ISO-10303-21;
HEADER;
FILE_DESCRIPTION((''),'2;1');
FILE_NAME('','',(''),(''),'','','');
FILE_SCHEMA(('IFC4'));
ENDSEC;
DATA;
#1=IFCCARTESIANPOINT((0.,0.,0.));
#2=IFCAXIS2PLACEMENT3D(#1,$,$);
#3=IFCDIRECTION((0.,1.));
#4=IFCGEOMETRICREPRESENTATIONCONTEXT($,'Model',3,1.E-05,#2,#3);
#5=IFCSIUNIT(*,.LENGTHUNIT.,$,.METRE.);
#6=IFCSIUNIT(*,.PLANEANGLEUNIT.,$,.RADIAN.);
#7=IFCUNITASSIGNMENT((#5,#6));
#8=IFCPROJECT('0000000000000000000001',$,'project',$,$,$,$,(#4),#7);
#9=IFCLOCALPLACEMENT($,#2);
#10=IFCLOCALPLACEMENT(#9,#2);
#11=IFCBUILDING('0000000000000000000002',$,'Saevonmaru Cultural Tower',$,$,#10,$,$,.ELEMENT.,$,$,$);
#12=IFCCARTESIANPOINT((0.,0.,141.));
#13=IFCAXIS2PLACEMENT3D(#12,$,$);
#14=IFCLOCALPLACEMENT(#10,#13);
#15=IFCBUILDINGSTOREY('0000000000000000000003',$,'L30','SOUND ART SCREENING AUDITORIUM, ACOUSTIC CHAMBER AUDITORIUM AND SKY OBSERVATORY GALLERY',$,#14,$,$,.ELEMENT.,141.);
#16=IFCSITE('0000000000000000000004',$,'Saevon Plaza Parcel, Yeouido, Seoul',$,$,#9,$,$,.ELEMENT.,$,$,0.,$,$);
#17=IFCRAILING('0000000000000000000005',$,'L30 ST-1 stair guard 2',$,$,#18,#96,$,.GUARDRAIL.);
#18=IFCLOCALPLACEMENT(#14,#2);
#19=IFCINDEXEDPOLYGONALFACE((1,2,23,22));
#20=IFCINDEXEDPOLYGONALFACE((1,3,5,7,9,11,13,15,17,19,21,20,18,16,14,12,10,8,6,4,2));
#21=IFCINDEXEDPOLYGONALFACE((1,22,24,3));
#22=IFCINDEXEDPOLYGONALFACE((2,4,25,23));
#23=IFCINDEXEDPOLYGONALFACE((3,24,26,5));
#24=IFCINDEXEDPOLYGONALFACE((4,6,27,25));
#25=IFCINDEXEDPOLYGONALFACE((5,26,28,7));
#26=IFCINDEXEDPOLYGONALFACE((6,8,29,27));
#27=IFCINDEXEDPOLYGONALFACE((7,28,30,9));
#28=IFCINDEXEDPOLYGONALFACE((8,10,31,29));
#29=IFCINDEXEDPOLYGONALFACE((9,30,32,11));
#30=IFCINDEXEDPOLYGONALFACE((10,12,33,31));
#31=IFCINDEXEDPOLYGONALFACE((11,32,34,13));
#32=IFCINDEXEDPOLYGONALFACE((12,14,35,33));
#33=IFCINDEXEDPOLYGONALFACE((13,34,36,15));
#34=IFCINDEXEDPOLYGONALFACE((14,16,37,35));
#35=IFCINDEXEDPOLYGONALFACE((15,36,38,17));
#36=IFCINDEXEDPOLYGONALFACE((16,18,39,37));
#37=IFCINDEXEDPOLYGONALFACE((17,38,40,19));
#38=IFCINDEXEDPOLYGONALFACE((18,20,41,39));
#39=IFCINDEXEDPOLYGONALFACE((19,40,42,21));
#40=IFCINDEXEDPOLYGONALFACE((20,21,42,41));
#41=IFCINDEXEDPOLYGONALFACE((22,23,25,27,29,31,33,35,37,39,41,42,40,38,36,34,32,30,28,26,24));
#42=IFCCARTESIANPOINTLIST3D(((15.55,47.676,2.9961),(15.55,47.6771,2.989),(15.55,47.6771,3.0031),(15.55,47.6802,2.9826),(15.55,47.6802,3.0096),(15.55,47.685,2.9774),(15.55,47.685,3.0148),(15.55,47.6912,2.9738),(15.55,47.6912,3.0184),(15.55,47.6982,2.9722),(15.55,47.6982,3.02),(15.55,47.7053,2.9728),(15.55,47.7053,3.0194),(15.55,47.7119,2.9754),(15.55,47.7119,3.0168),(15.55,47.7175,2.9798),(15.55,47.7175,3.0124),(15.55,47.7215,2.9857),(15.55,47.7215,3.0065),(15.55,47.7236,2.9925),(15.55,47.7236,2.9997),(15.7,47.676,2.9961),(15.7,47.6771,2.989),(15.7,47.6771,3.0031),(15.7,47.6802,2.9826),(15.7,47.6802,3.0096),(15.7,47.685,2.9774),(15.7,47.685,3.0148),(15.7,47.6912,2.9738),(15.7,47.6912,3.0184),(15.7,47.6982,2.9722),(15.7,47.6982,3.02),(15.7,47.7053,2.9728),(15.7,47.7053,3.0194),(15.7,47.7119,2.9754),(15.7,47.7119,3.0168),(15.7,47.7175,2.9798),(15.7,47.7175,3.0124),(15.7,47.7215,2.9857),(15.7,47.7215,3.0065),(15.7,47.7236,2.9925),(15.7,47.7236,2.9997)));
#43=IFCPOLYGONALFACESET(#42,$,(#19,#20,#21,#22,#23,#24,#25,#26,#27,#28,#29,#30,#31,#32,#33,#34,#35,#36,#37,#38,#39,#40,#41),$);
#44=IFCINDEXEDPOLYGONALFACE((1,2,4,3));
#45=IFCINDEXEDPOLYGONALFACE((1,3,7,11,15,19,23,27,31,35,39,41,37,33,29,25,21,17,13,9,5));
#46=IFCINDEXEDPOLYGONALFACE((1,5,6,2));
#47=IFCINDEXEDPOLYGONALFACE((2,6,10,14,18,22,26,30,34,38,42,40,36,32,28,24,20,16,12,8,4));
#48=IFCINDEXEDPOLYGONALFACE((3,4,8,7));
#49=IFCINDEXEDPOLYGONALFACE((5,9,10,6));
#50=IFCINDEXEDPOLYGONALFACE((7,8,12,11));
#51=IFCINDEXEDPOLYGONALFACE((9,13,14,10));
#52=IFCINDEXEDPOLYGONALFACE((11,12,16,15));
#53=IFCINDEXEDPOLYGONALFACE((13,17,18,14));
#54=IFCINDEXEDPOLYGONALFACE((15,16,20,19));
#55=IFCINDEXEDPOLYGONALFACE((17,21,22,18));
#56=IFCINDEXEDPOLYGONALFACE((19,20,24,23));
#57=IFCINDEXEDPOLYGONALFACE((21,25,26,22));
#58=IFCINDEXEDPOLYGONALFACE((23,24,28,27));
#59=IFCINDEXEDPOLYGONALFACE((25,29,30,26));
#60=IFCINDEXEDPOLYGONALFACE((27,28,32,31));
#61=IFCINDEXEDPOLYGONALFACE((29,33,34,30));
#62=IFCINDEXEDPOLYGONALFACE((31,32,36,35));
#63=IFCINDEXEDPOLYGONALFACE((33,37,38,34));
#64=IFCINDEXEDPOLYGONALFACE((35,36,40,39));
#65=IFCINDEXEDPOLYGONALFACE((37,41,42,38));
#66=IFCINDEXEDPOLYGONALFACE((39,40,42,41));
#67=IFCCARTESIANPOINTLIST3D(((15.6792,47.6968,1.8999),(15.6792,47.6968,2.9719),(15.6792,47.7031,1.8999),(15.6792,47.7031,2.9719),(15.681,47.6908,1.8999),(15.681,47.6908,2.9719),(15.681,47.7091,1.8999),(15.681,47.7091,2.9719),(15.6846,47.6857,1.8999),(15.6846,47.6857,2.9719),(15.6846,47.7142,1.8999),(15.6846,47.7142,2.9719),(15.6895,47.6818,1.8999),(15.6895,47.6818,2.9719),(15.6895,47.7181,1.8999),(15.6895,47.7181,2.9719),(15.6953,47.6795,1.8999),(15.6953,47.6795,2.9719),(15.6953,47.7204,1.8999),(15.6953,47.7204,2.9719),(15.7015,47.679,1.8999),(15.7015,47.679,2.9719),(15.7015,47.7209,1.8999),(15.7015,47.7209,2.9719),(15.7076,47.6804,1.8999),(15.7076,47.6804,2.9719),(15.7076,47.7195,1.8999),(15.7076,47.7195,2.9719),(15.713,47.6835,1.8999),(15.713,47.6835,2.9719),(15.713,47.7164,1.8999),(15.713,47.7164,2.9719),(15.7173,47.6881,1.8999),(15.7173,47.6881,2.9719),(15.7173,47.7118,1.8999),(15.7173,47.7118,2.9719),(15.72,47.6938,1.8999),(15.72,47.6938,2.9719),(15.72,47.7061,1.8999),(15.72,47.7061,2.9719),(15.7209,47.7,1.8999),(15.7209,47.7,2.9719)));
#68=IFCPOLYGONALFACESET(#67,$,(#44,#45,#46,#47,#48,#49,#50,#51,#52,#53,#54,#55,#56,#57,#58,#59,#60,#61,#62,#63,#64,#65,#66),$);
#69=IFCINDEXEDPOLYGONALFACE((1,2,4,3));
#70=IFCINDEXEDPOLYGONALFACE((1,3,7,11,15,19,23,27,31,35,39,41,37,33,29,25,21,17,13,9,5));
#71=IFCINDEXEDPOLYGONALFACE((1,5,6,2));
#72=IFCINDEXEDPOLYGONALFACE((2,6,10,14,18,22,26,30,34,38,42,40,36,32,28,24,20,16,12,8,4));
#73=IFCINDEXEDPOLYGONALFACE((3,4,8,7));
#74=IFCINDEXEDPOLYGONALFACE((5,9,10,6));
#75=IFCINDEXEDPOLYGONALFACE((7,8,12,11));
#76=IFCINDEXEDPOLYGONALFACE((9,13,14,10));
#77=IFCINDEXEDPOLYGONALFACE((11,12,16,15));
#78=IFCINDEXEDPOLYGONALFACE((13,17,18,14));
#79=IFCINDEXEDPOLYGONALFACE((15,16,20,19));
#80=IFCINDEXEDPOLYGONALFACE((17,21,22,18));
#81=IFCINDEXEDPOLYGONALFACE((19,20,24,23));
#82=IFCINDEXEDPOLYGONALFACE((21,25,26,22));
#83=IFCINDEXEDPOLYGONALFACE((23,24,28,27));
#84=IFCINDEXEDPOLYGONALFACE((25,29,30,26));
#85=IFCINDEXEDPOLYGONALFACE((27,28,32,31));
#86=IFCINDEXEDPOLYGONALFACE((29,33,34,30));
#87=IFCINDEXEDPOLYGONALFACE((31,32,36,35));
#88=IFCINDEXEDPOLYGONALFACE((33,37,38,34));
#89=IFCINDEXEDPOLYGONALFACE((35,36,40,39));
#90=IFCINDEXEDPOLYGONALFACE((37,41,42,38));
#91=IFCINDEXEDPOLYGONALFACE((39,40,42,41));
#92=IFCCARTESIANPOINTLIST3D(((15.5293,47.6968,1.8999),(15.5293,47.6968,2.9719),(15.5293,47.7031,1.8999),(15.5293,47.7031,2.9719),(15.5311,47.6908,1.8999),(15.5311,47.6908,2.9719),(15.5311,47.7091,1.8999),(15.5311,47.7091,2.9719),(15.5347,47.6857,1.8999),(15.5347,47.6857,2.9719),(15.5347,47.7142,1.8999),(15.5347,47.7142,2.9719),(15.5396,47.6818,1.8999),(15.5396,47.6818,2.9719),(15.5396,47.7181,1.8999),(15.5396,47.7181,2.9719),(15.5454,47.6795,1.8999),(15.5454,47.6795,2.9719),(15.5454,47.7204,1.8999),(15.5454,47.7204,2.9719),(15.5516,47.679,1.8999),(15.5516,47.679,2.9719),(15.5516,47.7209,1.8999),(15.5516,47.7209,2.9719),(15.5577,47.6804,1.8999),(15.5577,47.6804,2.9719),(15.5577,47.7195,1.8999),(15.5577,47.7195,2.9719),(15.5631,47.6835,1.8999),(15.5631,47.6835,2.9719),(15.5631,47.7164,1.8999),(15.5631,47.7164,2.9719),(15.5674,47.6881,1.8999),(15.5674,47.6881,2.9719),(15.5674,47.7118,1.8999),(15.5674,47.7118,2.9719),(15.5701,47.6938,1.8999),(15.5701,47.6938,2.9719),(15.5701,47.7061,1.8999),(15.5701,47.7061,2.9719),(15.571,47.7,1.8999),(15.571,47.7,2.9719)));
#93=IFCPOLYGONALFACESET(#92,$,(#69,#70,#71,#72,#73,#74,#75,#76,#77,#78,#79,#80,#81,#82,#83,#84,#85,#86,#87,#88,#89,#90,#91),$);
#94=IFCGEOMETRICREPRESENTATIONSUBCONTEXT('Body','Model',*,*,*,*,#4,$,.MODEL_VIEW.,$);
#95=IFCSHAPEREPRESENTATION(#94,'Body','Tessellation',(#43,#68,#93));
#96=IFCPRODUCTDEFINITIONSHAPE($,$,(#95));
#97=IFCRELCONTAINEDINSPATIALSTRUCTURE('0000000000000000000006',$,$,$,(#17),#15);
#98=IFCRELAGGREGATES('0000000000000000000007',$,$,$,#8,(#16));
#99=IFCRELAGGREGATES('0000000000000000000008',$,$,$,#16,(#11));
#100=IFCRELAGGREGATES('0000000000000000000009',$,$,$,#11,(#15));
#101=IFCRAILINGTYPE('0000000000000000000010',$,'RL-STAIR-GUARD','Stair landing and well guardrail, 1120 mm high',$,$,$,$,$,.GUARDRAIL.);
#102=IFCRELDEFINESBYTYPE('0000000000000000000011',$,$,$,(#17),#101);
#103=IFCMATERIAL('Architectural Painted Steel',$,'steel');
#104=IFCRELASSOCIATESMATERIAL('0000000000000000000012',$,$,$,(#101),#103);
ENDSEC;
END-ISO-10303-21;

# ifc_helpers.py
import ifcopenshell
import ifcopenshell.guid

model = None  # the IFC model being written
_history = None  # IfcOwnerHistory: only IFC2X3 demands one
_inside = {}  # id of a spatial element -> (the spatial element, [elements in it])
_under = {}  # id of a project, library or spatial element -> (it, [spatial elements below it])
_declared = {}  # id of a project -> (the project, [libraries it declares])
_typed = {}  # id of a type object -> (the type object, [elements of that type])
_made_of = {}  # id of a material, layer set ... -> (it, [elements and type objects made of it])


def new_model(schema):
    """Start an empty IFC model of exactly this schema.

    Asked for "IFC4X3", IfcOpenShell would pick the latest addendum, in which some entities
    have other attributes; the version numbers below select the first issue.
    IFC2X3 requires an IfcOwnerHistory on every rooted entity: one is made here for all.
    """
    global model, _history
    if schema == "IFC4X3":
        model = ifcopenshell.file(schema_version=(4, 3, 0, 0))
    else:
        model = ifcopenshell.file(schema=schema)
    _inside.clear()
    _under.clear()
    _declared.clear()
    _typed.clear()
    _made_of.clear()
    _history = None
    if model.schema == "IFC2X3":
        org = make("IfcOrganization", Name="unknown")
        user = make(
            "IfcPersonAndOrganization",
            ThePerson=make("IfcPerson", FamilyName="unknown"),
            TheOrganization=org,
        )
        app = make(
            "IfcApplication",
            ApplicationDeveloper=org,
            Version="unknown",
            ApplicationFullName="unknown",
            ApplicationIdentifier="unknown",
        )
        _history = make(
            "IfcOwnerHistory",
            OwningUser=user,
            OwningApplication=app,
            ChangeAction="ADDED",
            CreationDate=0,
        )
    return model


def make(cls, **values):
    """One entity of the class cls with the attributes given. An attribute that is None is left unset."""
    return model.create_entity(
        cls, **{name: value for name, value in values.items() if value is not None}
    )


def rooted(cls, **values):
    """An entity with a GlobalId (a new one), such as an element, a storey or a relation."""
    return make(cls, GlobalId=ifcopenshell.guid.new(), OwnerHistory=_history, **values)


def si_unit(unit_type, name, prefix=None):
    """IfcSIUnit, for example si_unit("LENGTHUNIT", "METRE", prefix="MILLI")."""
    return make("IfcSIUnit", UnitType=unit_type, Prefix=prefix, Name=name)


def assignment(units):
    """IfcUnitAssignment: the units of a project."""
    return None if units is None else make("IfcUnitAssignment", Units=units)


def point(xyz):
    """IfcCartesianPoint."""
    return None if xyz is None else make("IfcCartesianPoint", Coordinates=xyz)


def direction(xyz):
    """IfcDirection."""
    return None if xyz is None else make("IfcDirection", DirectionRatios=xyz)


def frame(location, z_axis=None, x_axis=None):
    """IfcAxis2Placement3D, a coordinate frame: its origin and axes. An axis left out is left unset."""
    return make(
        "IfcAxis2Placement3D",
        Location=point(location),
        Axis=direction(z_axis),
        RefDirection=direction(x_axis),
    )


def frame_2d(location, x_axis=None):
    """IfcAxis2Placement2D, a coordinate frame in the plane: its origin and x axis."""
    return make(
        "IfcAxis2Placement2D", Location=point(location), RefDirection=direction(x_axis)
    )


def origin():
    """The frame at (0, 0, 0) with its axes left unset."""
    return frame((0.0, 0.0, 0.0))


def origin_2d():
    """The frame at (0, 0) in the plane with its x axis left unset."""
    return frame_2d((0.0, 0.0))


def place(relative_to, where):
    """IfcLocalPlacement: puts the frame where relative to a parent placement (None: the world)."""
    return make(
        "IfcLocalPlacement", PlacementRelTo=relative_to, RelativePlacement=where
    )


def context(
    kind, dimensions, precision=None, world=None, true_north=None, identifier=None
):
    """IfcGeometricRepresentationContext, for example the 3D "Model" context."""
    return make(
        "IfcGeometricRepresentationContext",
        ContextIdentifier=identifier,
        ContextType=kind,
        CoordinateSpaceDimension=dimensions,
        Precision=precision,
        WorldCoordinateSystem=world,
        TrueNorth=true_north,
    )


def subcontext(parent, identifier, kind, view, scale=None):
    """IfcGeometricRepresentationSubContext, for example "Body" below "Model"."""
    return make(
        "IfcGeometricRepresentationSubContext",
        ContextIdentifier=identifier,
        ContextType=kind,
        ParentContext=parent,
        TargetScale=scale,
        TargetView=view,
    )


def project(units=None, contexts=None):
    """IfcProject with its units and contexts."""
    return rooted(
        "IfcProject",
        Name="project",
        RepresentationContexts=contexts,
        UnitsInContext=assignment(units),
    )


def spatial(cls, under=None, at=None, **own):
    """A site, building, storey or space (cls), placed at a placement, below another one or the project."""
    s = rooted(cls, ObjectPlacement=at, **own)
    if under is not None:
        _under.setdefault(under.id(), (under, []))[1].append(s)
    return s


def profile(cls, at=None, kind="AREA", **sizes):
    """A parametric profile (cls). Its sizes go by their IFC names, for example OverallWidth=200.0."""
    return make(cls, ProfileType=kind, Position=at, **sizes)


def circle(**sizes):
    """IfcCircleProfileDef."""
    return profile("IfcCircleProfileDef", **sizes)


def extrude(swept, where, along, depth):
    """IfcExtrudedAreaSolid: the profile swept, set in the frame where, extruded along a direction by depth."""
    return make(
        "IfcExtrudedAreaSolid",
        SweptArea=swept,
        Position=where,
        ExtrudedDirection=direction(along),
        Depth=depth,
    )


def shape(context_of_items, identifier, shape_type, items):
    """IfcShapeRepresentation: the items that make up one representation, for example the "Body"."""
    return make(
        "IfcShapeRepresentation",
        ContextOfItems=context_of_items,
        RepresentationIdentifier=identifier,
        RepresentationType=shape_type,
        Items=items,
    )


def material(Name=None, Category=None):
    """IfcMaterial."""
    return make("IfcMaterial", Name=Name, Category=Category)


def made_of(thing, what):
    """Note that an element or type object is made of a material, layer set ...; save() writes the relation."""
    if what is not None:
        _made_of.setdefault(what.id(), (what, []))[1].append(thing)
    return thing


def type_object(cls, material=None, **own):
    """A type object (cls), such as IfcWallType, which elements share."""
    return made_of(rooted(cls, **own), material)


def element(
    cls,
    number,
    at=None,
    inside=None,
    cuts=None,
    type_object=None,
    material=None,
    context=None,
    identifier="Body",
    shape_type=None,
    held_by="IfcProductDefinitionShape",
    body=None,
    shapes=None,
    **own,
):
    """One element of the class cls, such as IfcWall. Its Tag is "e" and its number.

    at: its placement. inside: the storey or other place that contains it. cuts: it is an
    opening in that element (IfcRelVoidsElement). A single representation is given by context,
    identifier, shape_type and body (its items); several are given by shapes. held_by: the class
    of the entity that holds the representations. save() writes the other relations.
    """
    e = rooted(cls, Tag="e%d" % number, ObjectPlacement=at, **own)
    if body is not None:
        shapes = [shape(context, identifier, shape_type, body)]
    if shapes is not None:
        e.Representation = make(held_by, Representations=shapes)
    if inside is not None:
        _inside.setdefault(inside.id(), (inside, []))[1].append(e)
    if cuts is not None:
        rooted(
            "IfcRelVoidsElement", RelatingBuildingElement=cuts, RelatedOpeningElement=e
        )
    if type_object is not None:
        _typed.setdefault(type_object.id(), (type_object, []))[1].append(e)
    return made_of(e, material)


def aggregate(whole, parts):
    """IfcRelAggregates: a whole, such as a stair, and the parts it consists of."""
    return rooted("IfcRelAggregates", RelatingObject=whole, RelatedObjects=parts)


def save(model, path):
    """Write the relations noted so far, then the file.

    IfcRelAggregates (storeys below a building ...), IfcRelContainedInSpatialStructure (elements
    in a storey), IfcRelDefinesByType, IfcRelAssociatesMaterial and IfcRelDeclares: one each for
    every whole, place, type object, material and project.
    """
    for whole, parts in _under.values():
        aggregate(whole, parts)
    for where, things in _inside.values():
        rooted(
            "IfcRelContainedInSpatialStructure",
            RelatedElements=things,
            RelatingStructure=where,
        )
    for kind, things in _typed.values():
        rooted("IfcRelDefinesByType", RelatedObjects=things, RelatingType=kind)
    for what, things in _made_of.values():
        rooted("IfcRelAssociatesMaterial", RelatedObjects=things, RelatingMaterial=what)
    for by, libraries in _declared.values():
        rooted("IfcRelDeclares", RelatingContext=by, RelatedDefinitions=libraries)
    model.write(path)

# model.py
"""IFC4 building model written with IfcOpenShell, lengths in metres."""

from ifc_helpers import new_model, si_unit, direction, frame, origin, origin_2d, place, context, subcontext, project, spatial, circle, extrude, material, type_object, element, save


model = new_model("IFC4")

# Units and contexts
model_context = context("Model", 3, precision=1e-05, world=origin(), true_north=direction((0.0, 1.0)))
body_context = subcontext(model_context, "Body", "Model", "MODEL_VIEW")
ifc_project = project(units=[si_unit("LENGTHUNIT", "METRE"), si_unit("PLANEANGLEUNIT", "RADIAN")], contexts=[model_context])

# Site, building, storey
site_placement = place(None, origin())
site = spatial("IfcSite", under=ifc_project, at=site_placement, Name="Saevon Plaza Parcel, Yeouido, Seoul", CompositionType="ELEMENT", RefElevation=0.0)
building_placement = place(site_placement, origin())
building = spatial("IfcBuilding", under=site, at=building_placement, Name="Saevonmaru Cultural Tower", CompositionType="ELEMENT")
storey_placement = place(building_placement, frame((0.0, 0.0, 141.0)))
storey = spatial("IfcBuildingStorey", under=building, at=storey_placement, Name="L30", Description="SOUND ART SCREENING AUDITORIUM, ACOUSTIC CHAMBER AUDITORIUM AND SKY OBSERVATORY GALLERY", CompositionType="ELEMENT", Elevation=141.0)

# Railing
ifc_material_1 = material(Name="Architectural Painted Steel", Category="steel")
railing_type_1 = type_object("IfcRailingType", Name="RL-STAIR-GUARD", Description="Stair landing and well guardrail, 1120 mm high", PredefinedType="GUARDRAIL", material=ifc_material_1)
railing_1_placement = place(storey_placement, frame((15.7, 47.7, 1.8999)))
element("IfcRailing", 1, at=railing_1_placement, inside=storey, type_object=railing_type_1, Name="L30 ST-1 stair guard 2", PredefinedType="GUARDRAIL", context=body_context, shape_type="SweptSolid", body=[
    extrude(circle(Radius=0.0239, at=origin_2d()), frame((0.0, 0.0, 1.0962), z_axis=(-1.0, 0.0, 0.0), x_axis=(0.0, -1.0, 0.0)), (0.0, 0.0, 1.0), 0.1499),
    extrude(circle(Radius=0.021, at=origin_2d()), origin(), (0.0, 0.0, 1.0), 1.072),
    extrude(circle(Radius=0.021, at=origin_2d()), frame((-0.1499, 0.0, 0.0)), (0.0, 0.0, 1.0), 1.072),
])

save(model, "model.ifc")
